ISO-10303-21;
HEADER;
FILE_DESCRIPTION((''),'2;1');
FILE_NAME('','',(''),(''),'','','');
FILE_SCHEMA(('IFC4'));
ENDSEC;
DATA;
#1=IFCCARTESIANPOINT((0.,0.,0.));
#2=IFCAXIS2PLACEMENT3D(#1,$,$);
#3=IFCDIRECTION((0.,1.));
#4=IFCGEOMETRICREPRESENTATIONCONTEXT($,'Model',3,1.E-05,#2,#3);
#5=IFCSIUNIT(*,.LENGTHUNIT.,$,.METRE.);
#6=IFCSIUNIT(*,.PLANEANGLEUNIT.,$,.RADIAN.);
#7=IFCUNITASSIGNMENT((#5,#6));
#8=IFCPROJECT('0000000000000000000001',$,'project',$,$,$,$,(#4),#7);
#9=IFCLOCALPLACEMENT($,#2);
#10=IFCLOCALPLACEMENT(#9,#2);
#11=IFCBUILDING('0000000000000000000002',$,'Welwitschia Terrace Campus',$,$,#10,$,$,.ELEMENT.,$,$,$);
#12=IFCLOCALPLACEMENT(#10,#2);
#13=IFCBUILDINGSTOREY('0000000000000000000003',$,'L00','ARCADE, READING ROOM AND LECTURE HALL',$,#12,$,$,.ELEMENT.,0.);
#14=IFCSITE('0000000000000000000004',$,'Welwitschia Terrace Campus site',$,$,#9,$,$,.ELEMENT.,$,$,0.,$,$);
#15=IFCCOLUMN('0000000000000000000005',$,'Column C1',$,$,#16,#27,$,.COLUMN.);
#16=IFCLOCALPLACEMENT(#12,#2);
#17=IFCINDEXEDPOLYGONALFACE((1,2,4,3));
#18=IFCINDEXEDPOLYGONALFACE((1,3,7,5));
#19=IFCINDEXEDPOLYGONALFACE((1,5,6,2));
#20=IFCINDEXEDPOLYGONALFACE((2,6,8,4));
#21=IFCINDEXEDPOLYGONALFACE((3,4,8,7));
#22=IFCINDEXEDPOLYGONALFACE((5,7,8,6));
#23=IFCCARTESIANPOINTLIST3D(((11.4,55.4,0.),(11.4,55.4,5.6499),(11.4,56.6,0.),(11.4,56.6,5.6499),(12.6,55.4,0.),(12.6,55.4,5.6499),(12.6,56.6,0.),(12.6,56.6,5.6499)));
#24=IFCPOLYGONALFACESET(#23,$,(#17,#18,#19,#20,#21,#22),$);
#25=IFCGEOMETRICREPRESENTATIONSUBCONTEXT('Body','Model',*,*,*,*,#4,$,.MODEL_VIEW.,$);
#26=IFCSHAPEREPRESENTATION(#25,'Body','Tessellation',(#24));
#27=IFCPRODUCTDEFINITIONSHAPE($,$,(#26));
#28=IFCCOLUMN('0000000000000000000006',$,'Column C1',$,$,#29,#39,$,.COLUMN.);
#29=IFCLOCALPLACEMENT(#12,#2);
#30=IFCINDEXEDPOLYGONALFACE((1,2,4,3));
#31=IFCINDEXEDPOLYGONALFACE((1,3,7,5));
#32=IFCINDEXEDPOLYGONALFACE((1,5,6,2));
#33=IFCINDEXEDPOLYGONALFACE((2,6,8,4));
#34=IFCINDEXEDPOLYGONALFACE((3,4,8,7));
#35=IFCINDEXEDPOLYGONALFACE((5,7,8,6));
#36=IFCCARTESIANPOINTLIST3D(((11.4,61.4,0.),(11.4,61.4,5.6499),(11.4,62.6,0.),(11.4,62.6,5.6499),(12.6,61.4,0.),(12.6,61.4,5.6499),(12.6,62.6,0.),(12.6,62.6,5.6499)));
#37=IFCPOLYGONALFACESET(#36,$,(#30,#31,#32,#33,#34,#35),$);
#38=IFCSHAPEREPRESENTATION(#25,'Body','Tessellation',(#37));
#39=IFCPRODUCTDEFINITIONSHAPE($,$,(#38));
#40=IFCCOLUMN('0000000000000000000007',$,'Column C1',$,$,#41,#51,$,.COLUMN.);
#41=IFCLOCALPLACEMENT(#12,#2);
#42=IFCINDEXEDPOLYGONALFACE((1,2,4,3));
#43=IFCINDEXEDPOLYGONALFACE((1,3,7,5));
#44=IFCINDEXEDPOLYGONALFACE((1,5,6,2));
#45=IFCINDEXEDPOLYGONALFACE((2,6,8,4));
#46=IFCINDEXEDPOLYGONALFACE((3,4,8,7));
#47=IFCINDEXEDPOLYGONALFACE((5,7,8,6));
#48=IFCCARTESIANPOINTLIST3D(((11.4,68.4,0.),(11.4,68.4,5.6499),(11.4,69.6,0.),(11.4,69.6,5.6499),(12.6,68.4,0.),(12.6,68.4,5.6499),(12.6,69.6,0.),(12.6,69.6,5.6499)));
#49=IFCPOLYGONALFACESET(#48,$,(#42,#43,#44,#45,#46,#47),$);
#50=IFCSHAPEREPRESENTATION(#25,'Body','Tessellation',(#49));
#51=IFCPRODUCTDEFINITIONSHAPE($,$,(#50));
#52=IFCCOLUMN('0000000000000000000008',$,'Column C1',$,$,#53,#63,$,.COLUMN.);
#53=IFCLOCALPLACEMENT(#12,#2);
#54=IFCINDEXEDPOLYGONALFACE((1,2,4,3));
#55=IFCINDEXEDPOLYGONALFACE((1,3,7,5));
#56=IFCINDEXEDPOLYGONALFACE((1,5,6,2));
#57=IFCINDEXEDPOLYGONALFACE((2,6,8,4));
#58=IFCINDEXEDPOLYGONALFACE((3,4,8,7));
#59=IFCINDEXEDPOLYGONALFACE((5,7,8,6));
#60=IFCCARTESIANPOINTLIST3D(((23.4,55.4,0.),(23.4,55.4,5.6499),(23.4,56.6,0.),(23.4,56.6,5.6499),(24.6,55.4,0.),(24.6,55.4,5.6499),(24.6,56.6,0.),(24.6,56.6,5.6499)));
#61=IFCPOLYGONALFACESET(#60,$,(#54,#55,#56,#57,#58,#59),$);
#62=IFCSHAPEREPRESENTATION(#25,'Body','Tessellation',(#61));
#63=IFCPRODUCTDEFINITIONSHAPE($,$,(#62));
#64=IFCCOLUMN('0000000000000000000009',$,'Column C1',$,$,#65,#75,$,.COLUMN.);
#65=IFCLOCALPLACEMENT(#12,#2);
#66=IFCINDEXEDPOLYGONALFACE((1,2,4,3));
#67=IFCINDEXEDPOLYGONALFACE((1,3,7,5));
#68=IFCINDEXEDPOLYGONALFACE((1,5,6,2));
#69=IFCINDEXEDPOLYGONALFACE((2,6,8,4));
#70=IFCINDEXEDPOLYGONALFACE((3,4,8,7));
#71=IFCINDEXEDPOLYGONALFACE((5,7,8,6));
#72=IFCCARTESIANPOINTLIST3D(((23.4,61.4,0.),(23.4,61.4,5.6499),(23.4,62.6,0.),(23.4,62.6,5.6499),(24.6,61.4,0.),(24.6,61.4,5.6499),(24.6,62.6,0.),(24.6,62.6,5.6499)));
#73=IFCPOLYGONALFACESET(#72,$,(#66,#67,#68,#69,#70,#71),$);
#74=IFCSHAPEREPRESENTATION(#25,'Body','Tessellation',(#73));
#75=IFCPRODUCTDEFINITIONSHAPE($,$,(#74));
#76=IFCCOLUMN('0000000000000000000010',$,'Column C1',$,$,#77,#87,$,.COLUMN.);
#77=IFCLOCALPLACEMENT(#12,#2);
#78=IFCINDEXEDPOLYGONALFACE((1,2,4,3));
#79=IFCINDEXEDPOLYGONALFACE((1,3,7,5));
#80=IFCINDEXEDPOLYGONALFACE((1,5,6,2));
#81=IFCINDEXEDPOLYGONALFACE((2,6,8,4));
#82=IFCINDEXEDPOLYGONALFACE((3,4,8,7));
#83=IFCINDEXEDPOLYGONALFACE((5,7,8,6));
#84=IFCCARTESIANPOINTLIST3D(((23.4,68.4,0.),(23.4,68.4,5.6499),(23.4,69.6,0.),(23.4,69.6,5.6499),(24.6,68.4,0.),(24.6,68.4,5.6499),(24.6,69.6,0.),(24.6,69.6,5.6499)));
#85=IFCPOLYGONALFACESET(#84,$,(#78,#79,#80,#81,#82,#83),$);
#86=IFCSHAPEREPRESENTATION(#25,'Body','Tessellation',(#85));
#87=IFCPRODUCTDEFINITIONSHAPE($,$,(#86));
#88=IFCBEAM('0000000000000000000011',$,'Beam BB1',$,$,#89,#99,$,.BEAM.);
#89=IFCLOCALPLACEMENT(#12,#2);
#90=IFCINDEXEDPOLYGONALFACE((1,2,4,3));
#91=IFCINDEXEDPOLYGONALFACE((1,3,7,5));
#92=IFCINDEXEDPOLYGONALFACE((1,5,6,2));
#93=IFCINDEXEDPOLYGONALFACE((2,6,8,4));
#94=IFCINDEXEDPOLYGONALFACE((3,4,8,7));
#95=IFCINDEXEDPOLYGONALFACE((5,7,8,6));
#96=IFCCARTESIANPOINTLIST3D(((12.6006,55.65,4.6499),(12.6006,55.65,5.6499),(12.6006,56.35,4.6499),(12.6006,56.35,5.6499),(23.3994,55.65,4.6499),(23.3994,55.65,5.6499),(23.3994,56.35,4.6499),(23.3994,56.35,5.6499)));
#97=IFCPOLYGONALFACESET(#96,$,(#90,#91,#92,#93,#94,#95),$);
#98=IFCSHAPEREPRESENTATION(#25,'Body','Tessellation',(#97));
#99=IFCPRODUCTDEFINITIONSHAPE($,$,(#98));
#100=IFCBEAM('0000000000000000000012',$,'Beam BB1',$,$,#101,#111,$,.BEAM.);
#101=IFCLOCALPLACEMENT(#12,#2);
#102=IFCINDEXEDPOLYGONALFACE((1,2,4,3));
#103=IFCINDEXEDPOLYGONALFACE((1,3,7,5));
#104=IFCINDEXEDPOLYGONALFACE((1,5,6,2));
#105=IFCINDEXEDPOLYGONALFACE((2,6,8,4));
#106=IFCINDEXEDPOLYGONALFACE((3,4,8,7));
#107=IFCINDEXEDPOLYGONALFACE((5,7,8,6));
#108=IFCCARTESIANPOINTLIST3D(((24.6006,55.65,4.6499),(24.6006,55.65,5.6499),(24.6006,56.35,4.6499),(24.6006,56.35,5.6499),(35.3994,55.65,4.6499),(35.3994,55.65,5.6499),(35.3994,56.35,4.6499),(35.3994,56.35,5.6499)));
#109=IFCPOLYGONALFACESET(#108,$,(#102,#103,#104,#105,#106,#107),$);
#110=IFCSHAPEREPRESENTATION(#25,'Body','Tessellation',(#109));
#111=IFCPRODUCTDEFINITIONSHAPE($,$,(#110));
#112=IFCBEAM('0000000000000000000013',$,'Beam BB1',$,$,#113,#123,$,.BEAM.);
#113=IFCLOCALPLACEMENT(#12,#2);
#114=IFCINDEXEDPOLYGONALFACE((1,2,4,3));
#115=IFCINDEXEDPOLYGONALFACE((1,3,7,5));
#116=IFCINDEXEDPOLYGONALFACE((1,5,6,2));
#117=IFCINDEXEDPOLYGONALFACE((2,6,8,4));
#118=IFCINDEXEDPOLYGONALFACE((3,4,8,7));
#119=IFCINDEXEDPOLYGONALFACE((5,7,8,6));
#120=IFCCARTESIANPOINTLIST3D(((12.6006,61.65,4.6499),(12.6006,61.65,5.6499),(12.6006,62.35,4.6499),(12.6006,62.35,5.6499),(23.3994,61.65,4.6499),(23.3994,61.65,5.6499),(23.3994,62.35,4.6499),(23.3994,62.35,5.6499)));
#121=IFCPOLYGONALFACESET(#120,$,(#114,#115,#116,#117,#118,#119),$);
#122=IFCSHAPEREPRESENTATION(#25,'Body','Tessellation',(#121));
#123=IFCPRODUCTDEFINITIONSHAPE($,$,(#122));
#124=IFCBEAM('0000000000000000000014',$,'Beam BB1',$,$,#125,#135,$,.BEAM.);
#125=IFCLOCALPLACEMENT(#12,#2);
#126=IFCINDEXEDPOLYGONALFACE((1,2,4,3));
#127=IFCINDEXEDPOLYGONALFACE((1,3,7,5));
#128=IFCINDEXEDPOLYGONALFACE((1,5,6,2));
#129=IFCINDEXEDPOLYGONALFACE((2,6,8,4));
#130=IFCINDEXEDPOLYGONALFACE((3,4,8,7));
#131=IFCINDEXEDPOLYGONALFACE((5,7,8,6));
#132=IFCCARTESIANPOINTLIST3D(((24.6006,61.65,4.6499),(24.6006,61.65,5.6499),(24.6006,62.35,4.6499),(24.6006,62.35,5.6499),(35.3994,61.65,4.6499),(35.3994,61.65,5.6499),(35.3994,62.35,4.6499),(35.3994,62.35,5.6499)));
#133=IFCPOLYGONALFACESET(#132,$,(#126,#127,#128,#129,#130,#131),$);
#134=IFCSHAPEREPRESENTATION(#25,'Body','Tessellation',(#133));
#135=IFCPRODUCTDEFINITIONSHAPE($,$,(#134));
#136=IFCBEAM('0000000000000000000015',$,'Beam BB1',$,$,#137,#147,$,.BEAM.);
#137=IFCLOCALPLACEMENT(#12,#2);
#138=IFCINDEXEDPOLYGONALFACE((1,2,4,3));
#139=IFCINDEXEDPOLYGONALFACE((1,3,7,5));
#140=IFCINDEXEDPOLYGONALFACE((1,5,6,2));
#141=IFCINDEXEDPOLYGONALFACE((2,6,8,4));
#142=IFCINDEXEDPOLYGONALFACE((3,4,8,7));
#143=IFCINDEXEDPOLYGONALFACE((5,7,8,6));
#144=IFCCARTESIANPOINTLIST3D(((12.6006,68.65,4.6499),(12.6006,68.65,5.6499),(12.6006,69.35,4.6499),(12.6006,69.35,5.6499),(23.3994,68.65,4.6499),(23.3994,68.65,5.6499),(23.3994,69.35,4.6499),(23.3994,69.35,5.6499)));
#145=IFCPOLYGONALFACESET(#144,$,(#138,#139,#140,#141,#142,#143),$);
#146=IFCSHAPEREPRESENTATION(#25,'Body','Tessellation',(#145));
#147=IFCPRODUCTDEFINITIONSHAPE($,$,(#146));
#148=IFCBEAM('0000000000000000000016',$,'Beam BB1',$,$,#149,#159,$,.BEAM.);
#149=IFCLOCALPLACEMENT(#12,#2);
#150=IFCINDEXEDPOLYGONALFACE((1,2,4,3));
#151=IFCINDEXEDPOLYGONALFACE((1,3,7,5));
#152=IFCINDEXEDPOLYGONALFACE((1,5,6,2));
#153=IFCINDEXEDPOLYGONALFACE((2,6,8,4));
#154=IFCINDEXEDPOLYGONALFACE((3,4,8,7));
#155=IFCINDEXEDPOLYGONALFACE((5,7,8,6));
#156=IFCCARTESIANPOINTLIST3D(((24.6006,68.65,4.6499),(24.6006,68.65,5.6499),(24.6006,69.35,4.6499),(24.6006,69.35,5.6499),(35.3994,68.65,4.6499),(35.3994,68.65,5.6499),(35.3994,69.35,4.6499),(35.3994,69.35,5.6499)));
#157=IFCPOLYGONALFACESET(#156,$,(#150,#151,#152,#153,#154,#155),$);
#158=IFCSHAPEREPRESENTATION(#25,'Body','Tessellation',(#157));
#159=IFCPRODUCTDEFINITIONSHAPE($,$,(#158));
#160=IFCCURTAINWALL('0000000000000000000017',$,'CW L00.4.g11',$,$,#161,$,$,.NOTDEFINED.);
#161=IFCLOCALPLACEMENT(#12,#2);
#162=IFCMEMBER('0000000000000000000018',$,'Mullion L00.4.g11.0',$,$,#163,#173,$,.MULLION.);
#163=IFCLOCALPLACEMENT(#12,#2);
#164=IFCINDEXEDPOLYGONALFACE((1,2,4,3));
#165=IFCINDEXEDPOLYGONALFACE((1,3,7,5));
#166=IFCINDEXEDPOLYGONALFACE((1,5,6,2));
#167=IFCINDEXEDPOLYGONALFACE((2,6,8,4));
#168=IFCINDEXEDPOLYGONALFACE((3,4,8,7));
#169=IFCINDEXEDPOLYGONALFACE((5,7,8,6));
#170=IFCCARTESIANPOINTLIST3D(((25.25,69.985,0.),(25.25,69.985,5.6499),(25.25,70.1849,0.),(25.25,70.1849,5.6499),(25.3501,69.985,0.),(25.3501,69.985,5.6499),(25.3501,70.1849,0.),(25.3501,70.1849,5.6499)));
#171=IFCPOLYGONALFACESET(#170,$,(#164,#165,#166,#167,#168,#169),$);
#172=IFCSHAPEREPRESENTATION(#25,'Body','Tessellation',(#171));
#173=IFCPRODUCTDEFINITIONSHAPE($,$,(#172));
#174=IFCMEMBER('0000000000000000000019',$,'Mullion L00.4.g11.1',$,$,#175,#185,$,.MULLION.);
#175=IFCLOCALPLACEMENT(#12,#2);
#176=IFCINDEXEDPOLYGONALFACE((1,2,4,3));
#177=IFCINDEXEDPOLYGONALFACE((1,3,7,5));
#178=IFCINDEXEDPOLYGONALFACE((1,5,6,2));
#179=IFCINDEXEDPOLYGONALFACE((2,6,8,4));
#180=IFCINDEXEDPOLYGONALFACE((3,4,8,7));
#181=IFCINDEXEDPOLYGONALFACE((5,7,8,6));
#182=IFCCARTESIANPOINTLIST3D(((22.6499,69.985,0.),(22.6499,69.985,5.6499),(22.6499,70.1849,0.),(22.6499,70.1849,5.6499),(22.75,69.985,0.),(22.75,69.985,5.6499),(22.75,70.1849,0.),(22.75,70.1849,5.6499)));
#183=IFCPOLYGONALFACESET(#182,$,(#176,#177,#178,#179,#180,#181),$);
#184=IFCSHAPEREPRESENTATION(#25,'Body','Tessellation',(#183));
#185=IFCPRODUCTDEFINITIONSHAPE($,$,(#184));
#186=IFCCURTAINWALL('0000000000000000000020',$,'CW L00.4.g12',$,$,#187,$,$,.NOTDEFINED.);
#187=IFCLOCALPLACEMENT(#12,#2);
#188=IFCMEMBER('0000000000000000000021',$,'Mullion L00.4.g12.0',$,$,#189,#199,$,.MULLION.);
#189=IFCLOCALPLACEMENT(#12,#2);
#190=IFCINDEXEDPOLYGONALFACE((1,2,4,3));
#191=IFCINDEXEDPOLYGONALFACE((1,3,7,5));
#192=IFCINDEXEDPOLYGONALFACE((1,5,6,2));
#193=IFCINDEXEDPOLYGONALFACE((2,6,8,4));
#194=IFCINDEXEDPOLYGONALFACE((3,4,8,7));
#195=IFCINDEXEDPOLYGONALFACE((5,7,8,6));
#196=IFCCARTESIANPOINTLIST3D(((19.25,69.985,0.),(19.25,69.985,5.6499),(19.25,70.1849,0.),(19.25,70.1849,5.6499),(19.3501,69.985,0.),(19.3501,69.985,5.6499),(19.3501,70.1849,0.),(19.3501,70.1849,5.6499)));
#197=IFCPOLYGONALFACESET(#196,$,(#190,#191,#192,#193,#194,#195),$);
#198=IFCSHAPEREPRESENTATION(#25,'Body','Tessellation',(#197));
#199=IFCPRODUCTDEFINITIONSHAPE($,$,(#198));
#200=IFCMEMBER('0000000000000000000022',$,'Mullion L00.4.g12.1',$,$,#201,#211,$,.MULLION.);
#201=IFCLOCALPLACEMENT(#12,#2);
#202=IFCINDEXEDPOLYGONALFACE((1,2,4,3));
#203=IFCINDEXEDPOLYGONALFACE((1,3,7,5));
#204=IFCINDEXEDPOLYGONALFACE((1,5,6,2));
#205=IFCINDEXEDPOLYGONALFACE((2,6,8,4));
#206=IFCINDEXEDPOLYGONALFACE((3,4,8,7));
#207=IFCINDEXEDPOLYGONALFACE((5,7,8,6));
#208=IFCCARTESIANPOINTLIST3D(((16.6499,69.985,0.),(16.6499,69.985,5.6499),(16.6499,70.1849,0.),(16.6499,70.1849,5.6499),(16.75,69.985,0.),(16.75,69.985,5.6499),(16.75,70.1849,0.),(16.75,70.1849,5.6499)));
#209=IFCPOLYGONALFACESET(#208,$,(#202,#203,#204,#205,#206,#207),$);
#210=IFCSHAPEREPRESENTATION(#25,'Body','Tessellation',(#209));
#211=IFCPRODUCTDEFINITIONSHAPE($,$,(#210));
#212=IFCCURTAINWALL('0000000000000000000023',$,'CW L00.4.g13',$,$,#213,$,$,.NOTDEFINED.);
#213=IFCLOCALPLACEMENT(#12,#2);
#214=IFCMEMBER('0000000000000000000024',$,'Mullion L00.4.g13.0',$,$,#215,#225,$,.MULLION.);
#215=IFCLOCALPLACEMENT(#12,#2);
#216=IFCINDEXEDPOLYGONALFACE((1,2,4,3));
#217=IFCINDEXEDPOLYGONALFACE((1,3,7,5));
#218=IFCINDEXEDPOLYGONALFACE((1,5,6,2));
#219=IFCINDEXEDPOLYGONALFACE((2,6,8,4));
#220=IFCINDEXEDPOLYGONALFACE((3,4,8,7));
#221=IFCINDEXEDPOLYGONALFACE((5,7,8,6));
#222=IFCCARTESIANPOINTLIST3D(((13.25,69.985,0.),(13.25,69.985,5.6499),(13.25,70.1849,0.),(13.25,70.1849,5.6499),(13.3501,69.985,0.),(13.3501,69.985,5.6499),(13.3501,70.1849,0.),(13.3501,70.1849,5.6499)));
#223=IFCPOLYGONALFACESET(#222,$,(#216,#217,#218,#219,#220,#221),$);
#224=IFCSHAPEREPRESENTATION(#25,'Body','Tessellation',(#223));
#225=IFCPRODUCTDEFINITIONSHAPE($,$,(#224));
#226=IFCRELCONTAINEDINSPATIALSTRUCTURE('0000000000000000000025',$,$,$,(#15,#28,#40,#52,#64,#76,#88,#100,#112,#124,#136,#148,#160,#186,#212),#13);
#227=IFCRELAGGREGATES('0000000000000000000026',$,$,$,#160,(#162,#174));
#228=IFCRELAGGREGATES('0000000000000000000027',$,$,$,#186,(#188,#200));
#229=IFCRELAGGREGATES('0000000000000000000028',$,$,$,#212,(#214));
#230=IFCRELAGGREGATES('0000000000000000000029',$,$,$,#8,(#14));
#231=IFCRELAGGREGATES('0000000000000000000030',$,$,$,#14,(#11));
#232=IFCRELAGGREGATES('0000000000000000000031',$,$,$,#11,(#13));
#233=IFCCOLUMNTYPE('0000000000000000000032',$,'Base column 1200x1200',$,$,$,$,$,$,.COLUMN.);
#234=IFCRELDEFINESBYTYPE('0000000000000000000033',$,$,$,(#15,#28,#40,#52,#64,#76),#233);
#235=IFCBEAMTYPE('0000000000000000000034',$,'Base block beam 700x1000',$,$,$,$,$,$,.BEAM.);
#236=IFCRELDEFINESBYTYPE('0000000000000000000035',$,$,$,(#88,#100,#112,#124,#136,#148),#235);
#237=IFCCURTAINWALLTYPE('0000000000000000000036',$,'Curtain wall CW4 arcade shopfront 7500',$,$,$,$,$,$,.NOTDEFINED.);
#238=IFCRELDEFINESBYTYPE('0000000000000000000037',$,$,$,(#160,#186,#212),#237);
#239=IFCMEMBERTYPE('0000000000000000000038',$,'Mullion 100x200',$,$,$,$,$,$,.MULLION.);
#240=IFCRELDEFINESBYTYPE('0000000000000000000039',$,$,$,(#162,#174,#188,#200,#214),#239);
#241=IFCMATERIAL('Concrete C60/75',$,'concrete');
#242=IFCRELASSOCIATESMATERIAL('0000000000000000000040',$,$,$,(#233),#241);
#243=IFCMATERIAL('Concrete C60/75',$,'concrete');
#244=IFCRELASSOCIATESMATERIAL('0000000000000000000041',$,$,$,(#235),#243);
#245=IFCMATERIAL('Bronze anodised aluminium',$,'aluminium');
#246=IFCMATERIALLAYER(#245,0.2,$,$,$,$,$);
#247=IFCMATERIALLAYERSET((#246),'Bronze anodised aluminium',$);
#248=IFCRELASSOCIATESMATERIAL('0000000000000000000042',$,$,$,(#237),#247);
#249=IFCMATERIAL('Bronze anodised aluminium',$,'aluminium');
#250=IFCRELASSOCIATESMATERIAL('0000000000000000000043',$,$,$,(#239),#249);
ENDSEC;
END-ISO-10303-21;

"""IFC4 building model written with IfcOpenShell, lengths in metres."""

from ifc_helpers import new_model, si_unit, direction, frame, origin, origin_2d, place, context, subcontext, project, spatial, rectangle, extrude, material, layer, layer_set, material_profile, profile_set, type_object, element, aggregate, save


model = new_model("IFC4")

# Units and contexts
model_context = context("Model", 3, precision=1e-05, world=origin(), true_north=direction((0.0, 1.0)))
body_context = subcontext(model_context, "Body", "Model", "MODEL_VIEW")
ifc_project = project(units=[si_unit("LENGTHUNIT", "METRE"), si_unit("PLANEANGLEUNIT", "RADIAN")], contexts=[model_context])

# Site, building, storey
site_placement = place(None, origin())
site = spatial("IfcSite", under=ifc_project, at=site_placement, Name="Welwitschia Terrace Campus site", CompositionType="ELEMENT", RefElevation=0.0)
building_placement = place(site_placement, origin())
building = spatial("IfcBuilding", under=site, at=building_placement, Name="Welwitschia Terrace Campus", CompositionType="ELEMENT")
storey_placement = place(building_placement, origin())
storey = spatial("IfcBuildingStorey", under=building, at=storey_placement, Name="L00", Description="ARCADE, READING ROOM AND LECTURE HALL", CompositionType="ELEMENT", Elevation=0.0)

# Columns
ifc_material_1 = material(Name="Concrete C60/75", Category="concrete")
ifc_material_profile_1 = material_profile(ifc_material_1, rectangle(XDim=1.2, YDim=1.2, at=origin_2d()))
ifc_profile_set_1 = profile_set([ifc_material_profile_1], Name="Concrete C60/75")
column_type = type_object("IfcColumnType", Name="Base column 1200x1200", PredefinedType="COLUMN", material=ifc_profile_set_1)
for number, where, z_axis, x_axis, name in (
    (1, (12.0, 56.0, 0.0), (0.0, 0.0, 1.0), (1.0, 0.0, 0.0), "Column C1"),
    (2, (12.0, 62.0, 0.0), (0.0, 0.0, 1.0), (1.0, 0.0, 0.0), "Column C1"),
    (3, (12.0, 69.0, 0.0), (0.0, 0.0, 1.0), (1.0, 0.0, 0.0), "Column C1"),
    (4, (24.0, 56.0, 0.0), (0.0, 0.0, 1.0), (1.0, 0.0, 0.0), "Column C1"),
    (5, (24.0, 62.0, 0.0), (0.0, 0.0, 1.0), (1.0, 0.0, 0.0), "Column C1"),
    (6, (24.0, 69.0, 0.0), (0.0, 0.0, 1.0), (1.0, 0.0, 0.0), "Column C1"),
):
    element("IfcColumn", number, at=place(storey_placement, frame(where, z_axis=z_axis, x_axis=x_axis)), inside=storey, type_object=column_type, Name=name, PredefinedType="COLUMN", context=body_context, shape_type="SweptSolid", body=[
        extrude(rectangle(XDim=1.2, YDim=1.2, at=origin_2d()), origin(), (0.0, 0.0, 1.0), 5.6499),
    ])

# Beams
ifc_material_2 = material(Name="Concrete C60/75", Category="concrete")
ifc_material_profile_2 = material_profile(ifc_material_2, rectangle(XDim=0.7, YDim=1.0, at=origin_2d()))
ifc_profile_set_2 = profile_set([ifc_material_profile_2], Name="Concrete C60/75")
beam_type = type_object("IfcBeamType", Name="Base block beam 700x1000", PredefinedType="BEAM", material=ifc_profile_set_2)
for number, where, z_axis, x_axis, name in (
    (7, (12.6006, 56.0, 5.1499), (1.0, 0.0, 0.0), (0.0, 1.0, 0.0), "Beam BB1"),
    (8, (24.6006, 56.0, 5.1499), (1.0, 0.0, 0.0), (0.0, 1.0, 0.0), "Beam BB1"),
    (9, (12.6006, 62.0, 5.1499), (1.0, 0.0, 0.0), (0.0, 1.0, 0.0), "Beam BB1"),
    (10, (24.6006, 62.0, 5.1499), (1.0, 0.0, 0.0), (0.0, 1.0, 0.0), "Beam BB1"),
    (11, (12.6006, 69.0, 5.1499), (1.0, 0.0, 0.0), (0.0, 1.0, 0.0), "Beam BB1"),
    (12, (24.6006, 69.0, 5.1499), (1.0, 0.0, 0.0), (0.0, 1.0, 0.0), "Beam BB1"),
):
    element("IfcBeam", number, at=place(storey_placement, frame(where, z_axis=z_axis, x_axis=x_axis)), inside=storey, type_object=beam_type, Name=name, PredefinedType="BEAM", context=body_context, shape_type="SweptSolid", body=[
        extrude(rectangle(XDim=0.7, YDim=1.0, at=origin_2d()), origin(), (0.0, 0.0, 1.0), 10.7988),
    ])

# Curtain walls, members
ifc_material_3 = material(Name="Bronze anodised aluminium", Category="aluminium")
ifc_layer_1 = layer(ifc_material_3, 0.2)
ifc_layer_set_1 = layer_set([ifc_layer_1], Name="Bronze anodised aluminium")
curtain_wall_type = type_object("IfcCurtainWallType", Name="Curtain wall CW4 arcade shopfront 7500", PredefinedType="NOTDEFINED", material=ifc_layer_set_1)
curtain_wall_1_placement = place(storey_placement, origin())
curtain_wall_1 = element("IfcCurtainWall", 13, at=curtain_wall_1_placement, inside=storey, type_object=curtain_wall_type, Name="CW L00.4.g11", PredefinedType="NOTDEFINED")
ifc_material_4 = material(Name="Bronze anodised aluminium", Category="aluminium")
ifc_material_profile_3 = material_profile(ifc_material_4, rectangle(XDim=0.2, YDim=0.1001, at=origin_2d()))
ifc_profile_set_3 = profile_set([ifc_material_profile_3], Name="Bronze anodised aluminium")
member_type_1 = type_object("IfcMemberType", Name="Mullion 100x200", PredefinedType="MULLION", material=ifc_profile_set_3)
member_1_placement = place(storey_placement, frame((25.3, 70.085, 0.0), z_axis=(0.0, 0.0, 1.0), x_axis=(0.0, -1.0, 0.0)))
member_1 = element("IfcMember", 14, at=member_1_placement, type_object=member_type_1, Name="Mullion L00.4.g11.0", PredefinedType="MULLION", context=body_context, shape_type="SweptSolid", body=[
    extrude(rectangle(XDim=0.2, YDim=0.1001, at=origin_2d()), origin(), (0.0, 0.0, 1.0), 5.6499),
])
member_2_placement = place(storey_placement, frame((22.7, 70.085, 0.0), z_axis=(0.0, 0.0, 1.0), x_axis=(0.0, -1.0, 0.0)))
member_2 = element("IfcMember", 15, at=member_2_placement, type_object=member_type_1, Name="Mullion L00.4.g11.1", PredefinedType="MULLION", context=body_context, shape_type="SweptSolid", body=[
    extrude(rectangle(XDim=0.2, YDim=0.1001, at=origin_2d()), origin(), (0.0, 0.0, 1.0), 5.6499),
])
curtain_wall_2_placement = place(storey_placement, origin())
curtain_wall_2 = element("IfcCurtainWall", 16, at=curtain_wall_2_placement, inside=storey, type_object=curtain_wall_type, Name="CW L00.4.g12", PredefinedType="NOTDEFINED")
member_3_placement = place(storey_placement, frame((19.3, 70.085, 0.0), z_axis=(0.0, 0.0, 1.0), x_axis=(0.0, -1.0, 0.0)))
member_3 = element("IfcMember", 17, at=member_3_placement, type_object=member_type_1, Name="Mullion L00.4.g12.0", PredefinedType="MULLION", context=body_context, shape_type="SweptSolid", body=[
    extrude(rectangle(XDim=0.2, YDim=0.1001, at=origin_2d()), origin(), (0.0, 0.0, 1.0), 5.6499),
])
member_4_placement = place(storey_placement, frame((16.7, 70.085, 0.0), z_axis=(0.0, 0.0, 1.0), x_axis=(0.0, -1.0, 0.0)))
member_4 = element("IfcMember", 18, at=member_4_placement, type_object=member_type_1, Name="Mullion L00.4.g12.1", PredefinedType="MULLION", context=body_context, shape_type="SweptSolid", body=[
    extrude(rectangle(XDim=0.2, YDim=0.1001, at=origin_2d()), origin(), (0.0, 0.0, 1.0), 5.6499),
])
curtain_wall_3_placement = place(storey_placement, origin())
curtain_wall_3 = element("IfcCurtainWall", 19, at=curtain_wall_3_placement, inside=storey, type_object=curtain_wall_type, Name="CW L00.4.g13", PredefinedType="NOTDEFINED")
member_5_placement = place(storey_placement, frame((13.3, 70.085, 0.0), z_axis=(0.0, 0.0, 1.0), x_axis=(0.0, -1.0, 0.0)))
member_5 = element("IfcMember", 20, at=member_5_placement, type_object=member_type_1, Name="Mullion L00.4.g13.0", PredefinedType="MULLION", context=body_context, shape_type="SweptSolid", body=[
    extrude(rectangle(XDim=0.2, YDim=0.1001, at=origin_2d()), origin(), (0.0, 0.0, 1.0), 5.6499),
])

aggregate(curtain_wall_1, [member_1, member_2])
aggregate(curtain_wall_2, [member_3, member_4])
aggregate(curtain_wall_3, [member_5])

save(model, "model.ifc")
